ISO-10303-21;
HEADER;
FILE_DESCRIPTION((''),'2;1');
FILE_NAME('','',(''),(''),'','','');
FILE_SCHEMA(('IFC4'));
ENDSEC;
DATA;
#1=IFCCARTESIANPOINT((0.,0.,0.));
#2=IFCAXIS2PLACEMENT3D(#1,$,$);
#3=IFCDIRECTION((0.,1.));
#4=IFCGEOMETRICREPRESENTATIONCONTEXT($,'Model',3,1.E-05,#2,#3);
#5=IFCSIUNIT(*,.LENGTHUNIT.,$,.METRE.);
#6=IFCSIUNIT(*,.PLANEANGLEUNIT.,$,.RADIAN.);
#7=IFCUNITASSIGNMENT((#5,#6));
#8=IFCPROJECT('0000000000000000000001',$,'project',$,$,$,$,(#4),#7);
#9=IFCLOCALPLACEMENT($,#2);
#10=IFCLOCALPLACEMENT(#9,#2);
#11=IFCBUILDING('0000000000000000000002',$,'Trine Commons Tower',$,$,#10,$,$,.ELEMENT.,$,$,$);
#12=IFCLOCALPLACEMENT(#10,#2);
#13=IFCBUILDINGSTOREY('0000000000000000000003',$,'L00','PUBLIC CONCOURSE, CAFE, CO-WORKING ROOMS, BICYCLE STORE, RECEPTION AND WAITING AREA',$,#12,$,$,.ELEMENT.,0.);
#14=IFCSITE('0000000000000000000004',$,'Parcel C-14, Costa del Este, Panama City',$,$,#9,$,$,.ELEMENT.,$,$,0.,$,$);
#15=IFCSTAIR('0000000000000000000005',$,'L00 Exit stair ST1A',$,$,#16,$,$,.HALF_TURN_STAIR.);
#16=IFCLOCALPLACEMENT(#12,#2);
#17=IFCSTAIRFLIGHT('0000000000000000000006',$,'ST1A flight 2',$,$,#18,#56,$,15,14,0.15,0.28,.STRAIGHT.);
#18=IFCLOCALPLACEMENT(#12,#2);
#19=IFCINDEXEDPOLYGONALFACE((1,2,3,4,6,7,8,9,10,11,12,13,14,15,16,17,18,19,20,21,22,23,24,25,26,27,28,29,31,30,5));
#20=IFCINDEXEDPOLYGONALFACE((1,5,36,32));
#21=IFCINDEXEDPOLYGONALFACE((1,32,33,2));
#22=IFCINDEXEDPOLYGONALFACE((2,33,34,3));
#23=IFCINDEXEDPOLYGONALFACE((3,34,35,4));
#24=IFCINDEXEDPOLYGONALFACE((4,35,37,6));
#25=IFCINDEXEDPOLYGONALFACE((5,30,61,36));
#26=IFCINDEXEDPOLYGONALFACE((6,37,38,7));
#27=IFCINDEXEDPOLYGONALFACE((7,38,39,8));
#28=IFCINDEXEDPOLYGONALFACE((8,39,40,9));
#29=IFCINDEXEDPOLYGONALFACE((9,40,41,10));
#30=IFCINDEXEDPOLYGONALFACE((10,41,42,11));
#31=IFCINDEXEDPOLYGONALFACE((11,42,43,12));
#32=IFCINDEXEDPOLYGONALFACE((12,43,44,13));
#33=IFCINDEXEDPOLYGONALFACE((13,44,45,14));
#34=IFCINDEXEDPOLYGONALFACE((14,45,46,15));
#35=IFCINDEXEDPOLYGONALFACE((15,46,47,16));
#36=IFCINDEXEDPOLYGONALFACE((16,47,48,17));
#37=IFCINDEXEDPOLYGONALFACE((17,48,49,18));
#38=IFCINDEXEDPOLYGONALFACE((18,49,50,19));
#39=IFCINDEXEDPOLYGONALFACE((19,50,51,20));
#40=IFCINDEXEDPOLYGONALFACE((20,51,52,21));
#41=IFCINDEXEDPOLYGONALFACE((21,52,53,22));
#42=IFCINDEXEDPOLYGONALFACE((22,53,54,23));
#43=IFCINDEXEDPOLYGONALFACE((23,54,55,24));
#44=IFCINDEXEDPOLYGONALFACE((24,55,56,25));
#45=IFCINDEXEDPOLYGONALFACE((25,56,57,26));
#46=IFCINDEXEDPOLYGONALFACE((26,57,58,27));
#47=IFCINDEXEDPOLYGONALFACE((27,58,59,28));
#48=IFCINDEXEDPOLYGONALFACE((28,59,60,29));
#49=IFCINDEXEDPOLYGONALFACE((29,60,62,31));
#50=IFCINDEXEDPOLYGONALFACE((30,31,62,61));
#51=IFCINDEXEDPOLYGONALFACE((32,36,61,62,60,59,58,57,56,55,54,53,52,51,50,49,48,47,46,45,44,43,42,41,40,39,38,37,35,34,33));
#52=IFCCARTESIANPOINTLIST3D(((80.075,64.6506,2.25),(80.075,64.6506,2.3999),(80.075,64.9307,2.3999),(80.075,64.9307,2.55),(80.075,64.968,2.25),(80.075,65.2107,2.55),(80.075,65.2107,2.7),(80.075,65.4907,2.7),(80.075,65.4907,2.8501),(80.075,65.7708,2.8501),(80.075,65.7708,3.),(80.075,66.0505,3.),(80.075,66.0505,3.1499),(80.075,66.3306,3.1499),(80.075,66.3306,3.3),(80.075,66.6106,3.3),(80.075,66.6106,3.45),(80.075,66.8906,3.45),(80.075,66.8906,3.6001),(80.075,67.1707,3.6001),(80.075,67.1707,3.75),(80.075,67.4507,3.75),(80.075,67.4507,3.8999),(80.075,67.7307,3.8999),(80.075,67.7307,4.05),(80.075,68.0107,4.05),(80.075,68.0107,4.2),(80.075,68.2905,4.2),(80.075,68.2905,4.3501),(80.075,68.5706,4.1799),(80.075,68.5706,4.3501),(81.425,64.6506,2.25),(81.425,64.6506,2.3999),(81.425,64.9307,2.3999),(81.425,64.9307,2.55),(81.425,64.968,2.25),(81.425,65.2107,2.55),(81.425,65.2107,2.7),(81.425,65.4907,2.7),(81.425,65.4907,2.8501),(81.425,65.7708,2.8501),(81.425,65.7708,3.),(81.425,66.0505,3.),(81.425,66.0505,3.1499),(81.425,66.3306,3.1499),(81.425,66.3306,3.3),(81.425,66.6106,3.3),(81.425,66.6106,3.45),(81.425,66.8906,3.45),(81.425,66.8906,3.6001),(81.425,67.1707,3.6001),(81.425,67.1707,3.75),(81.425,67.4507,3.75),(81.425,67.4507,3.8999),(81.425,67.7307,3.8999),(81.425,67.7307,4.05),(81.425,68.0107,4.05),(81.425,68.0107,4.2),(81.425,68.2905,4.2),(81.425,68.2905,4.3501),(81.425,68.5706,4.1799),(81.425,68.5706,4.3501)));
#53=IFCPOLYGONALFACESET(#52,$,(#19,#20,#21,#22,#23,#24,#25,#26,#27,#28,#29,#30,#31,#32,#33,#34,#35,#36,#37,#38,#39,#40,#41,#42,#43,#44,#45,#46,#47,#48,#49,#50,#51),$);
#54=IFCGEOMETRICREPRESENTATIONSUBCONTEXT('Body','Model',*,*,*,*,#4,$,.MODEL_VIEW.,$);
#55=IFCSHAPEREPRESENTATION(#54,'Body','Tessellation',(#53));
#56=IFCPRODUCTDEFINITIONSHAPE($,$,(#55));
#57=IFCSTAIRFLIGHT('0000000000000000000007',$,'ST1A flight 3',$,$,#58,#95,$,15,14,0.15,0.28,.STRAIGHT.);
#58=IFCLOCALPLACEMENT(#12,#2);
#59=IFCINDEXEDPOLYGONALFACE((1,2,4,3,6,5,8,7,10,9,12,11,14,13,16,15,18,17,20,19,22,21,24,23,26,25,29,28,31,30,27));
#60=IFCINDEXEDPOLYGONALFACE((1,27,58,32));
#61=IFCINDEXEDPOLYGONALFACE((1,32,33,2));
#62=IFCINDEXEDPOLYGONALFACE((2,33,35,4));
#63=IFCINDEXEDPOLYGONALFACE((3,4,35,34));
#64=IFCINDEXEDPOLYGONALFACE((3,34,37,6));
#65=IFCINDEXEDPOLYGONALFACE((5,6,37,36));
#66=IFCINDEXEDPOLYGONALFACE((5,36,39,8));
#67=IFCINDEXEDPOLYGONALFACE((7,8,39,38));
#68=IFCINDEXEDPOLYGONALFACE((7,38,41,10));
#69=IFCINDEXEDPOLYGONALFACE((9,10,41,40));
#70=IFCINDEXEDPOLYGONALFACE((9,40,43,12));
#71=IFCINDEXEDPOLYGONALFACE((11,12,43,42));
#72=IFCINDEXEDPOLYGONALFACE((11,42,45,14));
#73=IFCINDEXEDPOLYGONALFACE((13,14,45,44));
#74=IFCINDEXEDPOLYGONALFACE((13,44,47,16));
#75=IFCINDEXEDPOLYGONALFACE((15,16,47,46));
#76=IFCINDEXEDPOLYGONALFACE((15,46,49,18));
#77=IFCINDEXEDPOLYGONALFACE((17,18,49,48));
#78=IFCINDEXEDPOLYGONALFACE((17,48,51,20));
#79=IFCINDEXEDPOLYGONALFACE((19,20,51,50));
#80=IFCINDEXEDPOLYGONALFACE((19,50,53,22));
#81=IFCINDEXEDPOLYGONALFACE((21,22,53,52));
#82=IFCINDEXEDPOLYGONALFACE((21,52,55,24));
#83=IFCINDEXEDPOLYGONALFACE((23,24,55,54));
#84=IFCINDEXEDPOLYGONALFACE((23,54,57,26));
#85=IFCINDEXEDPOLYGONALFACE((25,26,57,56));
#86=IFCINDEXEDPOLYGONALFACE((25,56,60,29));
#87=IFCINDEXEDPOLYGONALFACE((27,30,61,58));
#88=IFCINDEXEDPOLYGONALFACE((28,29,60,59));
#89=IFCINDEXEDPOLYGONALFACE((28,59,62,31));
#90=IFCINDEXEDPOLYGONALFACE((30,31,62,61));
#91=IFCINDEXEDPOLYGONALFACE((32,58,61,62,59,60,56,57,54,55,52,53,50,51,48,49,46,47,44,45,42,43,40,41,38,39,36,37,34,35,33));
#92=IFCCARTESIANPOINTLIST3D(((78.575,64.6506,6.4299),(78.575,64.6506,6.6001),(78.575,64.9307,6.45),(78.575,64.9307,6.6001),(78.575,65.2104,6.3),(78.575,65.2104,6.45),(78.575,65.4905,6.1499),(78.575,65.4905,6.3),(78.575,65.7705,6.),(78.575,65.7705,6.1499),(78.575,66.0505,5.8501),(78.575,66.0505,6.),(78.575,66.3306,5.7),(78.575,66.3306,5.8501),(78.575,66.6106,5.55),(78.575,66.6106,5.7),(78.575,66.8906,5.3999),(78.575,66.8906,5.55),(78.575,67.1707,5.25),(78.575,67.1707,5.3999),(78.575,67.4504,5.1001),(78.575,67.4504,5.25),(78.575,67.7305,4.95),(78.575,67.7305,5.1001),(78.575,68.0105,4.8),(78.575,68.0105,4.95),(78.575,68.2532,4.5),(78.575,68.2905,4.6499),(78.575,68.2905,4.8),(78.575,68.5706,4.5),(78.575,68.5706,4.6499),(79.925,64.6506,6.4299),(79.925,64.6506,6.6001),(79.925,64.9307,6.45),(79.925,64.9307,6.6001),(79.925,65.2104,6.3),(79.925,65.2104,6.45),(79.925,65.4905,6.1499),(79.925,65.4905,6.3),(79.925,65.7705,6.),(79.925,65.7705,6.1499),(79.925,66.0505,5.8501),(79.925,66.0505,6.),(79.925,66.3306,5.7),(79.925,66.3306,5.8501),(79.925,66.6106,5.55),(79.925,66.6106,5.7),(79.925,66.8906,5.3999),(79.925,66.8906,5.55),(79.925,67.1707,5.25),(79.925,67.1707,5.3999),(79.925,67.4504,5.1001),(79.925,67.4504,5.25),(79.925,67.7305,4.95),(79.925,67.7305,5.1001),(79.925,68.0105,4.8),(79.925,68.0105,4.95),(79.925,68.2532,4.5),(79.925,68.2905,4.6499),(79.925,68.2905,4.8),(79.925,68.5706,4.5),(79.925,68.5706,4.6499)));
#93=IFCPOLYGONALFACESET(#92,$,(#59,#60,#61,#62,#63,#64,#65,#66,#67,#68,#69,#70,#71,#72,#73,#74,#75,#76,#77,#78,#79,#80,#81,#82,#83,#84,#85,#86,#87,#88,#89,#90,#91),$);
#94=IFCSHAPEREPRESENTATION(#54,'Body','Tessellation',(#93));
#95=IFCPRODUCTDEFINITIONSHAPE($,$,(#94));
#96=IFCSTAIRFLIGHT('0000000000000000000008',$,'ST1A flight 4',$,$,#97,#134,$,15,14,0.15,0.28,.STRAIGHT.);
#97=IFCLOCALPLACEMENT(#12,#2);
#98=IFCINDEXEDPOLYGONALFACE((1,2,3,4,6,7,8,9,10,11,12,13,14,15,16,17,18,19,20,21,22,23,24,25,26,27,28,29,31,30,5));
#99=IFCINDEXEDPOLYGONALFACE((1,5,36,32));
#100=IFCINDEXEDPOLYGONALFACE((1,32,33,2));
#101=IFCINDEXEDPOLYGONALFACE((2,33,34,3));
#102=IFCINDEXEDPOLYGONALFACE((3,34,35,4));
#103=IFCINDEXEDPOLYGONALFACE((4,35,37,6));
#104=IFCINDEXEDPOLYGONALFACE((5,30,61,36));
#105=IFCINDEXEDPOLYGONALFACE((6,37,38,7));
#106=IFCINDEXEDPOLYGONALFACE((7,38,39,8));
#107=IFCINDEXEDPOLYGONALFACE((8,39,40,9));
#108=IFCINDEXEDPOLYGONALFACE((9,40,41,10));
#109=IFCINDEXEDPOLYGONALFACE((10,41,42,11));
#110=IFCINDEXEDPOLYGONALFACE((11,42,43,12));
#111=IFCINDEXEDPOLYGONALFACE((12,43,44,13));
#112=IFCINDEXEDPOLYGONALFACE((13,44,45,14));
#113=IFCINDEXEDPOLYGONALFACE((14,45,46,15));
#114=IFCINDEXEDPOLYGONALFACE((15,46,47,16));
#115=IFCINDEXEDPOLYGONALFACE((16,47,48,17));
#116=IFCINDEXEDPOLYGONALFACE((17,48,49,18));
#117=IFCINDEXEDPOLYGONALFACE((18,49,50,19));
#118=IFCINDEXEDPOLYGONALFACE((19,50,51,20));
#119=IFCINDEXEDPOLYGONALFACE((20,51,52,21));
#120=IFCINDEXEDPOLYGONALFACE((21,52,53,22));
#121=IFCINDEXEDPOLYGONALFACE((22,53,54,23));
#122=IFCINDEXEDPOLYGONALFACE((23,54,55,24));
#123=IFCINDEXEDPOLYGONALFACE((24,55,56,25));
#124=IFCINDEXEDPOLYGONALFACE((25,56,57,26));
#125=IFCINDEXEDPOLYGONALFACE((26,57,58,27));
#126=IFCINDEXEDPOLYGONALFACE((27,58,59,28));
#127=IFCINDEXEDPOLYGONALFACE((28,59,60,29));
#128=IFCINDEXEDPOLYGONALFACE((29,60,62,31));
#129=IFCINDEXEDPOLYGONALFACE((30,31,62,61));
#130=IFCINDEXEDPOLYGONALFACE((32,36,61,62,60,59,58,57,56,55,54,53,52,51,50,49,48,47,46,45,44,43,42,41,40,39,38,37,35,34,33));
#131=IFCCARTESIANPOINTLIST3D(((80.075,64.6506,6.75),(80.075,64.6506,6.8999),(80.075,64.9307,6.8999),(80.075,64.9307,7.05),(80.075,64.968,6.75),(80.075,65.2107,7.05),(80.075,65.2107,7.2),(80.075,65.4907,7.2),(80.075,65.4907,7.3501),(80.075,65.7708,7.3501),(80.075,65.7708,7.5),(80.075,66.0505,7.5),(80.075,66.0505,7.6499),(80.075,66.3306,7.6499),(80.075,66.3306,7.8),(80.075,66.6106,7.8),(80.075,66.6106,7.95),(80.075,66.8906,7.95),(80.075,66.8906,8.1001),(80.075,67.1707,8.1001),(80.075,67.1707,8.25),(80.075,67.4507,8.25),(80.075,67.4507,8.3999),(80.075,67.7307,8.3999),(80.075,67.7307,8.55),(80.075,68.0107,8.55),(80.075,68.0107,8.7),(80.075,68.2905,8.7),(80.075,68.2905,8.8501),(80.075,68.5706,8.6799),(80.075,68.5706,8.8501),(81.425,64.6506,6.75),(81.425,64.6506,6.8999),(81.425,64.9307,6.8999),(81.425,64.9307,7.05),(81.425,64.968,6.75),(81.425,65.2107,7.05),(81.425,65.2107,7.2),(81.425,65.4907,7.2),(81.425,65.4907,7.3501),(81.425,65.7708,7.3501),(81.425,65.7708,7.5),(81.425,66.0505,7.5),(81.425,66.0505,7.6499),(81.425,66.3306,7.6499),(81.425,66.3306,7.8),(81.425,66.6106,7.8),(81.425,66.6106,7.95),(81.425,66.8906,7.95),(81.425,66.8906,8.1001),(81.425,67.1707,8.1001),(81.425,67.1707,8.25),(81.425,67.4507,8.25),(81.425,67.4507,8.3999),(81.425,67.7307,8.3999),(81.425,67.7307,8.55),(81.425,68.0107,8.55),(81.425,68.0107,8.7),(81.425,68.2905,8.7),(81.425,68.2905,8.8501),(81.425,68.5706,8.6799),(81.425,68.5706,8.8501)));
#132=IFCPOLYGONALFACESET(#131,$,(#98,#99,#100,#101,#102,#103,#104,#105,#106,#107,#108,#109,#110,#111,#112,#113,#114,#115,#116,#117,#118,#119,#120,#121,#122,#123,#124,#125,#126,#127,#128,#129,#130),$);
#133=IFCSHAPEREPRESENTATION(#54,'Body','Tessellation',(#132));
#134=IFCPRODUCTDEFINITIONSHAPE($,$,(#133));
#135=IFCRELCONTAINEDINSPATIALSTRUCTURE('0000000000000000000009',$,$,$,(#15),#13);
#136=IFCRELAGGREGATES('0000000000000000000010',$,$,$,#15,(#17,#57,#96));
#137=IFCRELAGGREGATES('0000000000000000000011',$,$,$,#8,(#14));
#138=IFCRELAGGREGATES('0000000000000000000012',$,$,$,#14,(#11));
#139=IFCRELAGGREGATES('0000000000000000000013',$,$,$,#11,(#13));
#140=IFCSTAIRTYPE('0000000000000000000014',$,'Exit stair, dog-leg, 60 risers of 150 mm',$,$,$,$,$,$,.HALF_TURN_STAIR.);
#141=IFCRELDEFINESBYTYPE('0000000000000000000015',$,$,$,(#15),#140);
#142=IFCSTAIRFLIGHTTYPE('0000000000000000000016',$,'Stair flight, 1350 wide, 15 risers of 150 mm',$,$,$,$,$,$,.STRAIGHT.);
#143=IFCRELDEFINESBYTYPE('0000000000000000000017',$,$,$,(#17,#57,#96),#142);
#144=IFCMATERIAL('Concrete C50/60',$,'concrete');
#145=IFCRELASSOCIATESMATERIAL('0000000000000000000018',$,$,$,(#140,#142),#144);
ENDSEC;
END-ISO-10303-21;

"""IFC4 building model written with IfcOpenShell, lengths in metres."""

from ifc_helpers import new_model, si_unit, direction, frame, origin, place, context, subcontext, project, spatial, polyline, outline, extrude, material, type_object, element, aggregate, save


model = new_model("IFC4")

# Units and contexts
model_context = context("Model", 3, precision=1e-05, world=origin(), true_north=direction((0.0, 1.0)))
body_context = subcontext(model_context, "Body", "Model", "MODEL_VIEW")
ifc_project = project(units=[si_unit("LENGTHUNIT", "METRE"), si_unit("PLANEANGLEUNIT", "RADIAN")], contexts=[model_context])

# Site, building, storey
site_placement = place(None, origin())
site = spatial("IfcSite", under=ifc_project, at=site_placement, Name="Parcel C-14, Costa del Este, Panama City", CompositionType="ELEMENT", RefElevation=0.0)
building_placement = place(site_placement, origin())
building = spatial("IfcBuilding", under=site, at=building_placement, Name="Trine Commons Tower", CompositionType="ELEMENT")
storey_placement = place(building_placement, origin())
storey = spatial("IfcBuildingStorey", under=building, at=storey_placement, Name="L00", Description="PUBLIC CONCOURSE, CAFE, CO-WORKING ROOMS, BICYCLE STORE, RECEPTION AND WAITING AREA", CompositionType="ELEMENT", Elevation=0.0)

# Stair, stair flights
ifc_material_1 = material(Name="Concrete C50/60", Category="concrete")
stair_type = type_object("IfcStairType", Name="Exit stair, dog-leg, 60 risers of 150 mm", PredefinedType="HALF_TURN_STAIR", material=ifc_material_1)
stair_placement = place(storey_placement, origin())
stair = element("IfcStair", 1, at=stair_placement, inside=storey, type_object=stair_type, Name="L00 Exit stair ST1A", PredefinedType="HALF_TURN_STAIR")
stair_flight_type = type_object("IfcStairFlightType", Name="Stair flight, 1350 wide, 15 risers of 150 mm", PredefinedType="STRAIGHT", material=ifc_material_1)
stair_flight_1_placement = place(storey_placement, frame((80.75, 64.6506, 2.25), z_axis=(0.0, 0.0, 1.0), x_axis=(0.0, 1.0, 0.0)))
stair_flight_1 = element("IfcStairFlight", 2, at=stair_flight_1_placement, type_object=stair_flight_type, Name="ST1A flight 2", NumberOfRisers=15, NumberOfTreads=14, PredefinedType="STRAIGHT", RiserHeight=0.15, TreadLength=0.28, context=body_context, shape_type="SweptSolid", body=[
    extrude(outline(polyline([(0.0, 0.0), (0.0, 0.1499), (0.28, 0.1499), (0.28, 0.3), (0.5601, 0.3), (0.5601, 0.45), (0.8401, 0.45), (0.8401, 0.6001), (1.1201, 0.6001), (1.1201, 0.75), (1.3999, 0.75), (1.3999, 0.8999), (1.6799, 0.8999), (1.6799, 1.05), (1.96, 1.05), (1.96, 1.2), (2.24, 1.2), (2.24, 1.3501), (2.52, 1.3501), (2.52, 1.5), (2.8, 1.5), (2.8, 1.6499), (3.0801, 1.6499), (3.0801, 1.8), (3.3601, 1.8), (3.3601, 1.95), (3.6399, 1.95), (3.6399, 2.1001), (3.9199, 2.1001), (3.9199, 2.25), (3.9199, 1.9299), (0.3174, 0.0), (0.0, 0.0)])), frame((0.0, 0.675, 0.0), z_axis=(0.0, -1.0, 0.0), x_axis=(1.0, 0.0, 0.0)), (0.0, 0.0, 1.0), 1.3501),
])
stair_flight_2_placement = place(storey_placement, frame((79.25, 68.5706, 4.5), z_axis=(0.0, 0.0, 1.0), x_axis=(0.0, -1.0, 0.0)))
stair_flight_2 = element("IfcStairFlight", 3, at=stair_flight_2_placement, type_object=stair_flight_type, Name="ST1A flight 3", NumberOfRisers=15, NumberOfTreads=14, PredefinedType="STRAIGHT", RiserHeight=0.15, TreadLength=0.28, context=body_context, shape_type="SweptSolid", body=[
    extrude(outline(polyline([(0.0, 0.0), (0.0, 0.1499), (0.28, 0.1499), (0.28, 0.3), (0.5601, 0.3), (0.5601, 0.45), (0.8401, 0.45), (0.8401, 0.6001), (1.1201, 0.6001), (1.1201, 0.75), (1.3999, 0.75), (1.3999, 0.8999), (1.6799, 0.8999), (1.6799, 1.05), (1.96, 1.05), (1.96, 1.2), (2.24, 1.2), (2.24, 1.3501), (2.52, 1.3501), (2.52, 1.5), (2.8, 1.5), (2.8, 1.6499), (3.0801, 1.6499), (3.0801, 1.8), (3.3601, 1.8), (3.3601, 1.95), (3.6399, 1.95), (3.6399, 2.1001), (3.9199, 2.1001), (3.9199, 2.25), (3.9199, 1.9299), (0.3174, 0.0), (0.0, 0.0)])), frame((0.0, 0.675, 0.0), z_axis=(0.0, -1.0, 0.0), x_axis=(1.0, 0.0, 0.0)), (0.0, 0.0, 1.0), 1.3501),
])
stair_flight_3_placement = place(storey_placement, frame((80.75, 64.6506, 6.75), z_axis=(0.0, 0.0, 1.0), x_axis=(0.0, 1.0, 0.0)))
stair_flight_3 = element("IfcStairFlight", 4, at=stair_flight_3_placement, type_object=stair_flight_type, Name="ST1A flight 4", NumberOfRisers=15, NumberOfTreads=14, PredefinedType="STRAIGHT", RiserHeight=0.15, TreadLength=0.28, context=body_context, shape_type="SweptSolid", body=[
    extrude(outline(polyline([(0.0, 0.0), (0.0, 0.1499), (0.28, 0.1499), (0.28, 0.3), (0.5601, 0.3), (0.5601, 0.45), (0.8401, 0.45), (0.8401, 0.6001), (1.1201, 0.6001), (1.1201, 0.75), (1.3999, 0.75), (1.3999, 0.8999), (1.6799, 0.8999), (1.6799, 1.05), (1.96, 1.05), (1.96, 1.2), (2.24, 1.2), (2.24, 1.3501), (2.52, 1.3501), (2.52, 1.5), (2.8, 1.5), (2.8, 1.6499), (3.0801, 1.6499), (3.0801, 1.8), (3.3601, 1.8), (3.3601, 1.95), (3.6399, 1.95), (3.6399, 2.1001), (3.9199, 2.1001), (3.9199, 2.25), (3.9199, 1.9299), (0.3174, 0.0), (0.0, 0.0)])), frame((0.0, 0.675, 0.0), z_axis=(0.0, -1.0, 0.0), x_axis=(1.0, 0.0, 0.0)), (0.0, 0.0, 1.0), 1.3501),
])
aggregate(stair, [stair_flight_1, stair_flight_2, stair_flight_3])

save(model, "model.ifc")
